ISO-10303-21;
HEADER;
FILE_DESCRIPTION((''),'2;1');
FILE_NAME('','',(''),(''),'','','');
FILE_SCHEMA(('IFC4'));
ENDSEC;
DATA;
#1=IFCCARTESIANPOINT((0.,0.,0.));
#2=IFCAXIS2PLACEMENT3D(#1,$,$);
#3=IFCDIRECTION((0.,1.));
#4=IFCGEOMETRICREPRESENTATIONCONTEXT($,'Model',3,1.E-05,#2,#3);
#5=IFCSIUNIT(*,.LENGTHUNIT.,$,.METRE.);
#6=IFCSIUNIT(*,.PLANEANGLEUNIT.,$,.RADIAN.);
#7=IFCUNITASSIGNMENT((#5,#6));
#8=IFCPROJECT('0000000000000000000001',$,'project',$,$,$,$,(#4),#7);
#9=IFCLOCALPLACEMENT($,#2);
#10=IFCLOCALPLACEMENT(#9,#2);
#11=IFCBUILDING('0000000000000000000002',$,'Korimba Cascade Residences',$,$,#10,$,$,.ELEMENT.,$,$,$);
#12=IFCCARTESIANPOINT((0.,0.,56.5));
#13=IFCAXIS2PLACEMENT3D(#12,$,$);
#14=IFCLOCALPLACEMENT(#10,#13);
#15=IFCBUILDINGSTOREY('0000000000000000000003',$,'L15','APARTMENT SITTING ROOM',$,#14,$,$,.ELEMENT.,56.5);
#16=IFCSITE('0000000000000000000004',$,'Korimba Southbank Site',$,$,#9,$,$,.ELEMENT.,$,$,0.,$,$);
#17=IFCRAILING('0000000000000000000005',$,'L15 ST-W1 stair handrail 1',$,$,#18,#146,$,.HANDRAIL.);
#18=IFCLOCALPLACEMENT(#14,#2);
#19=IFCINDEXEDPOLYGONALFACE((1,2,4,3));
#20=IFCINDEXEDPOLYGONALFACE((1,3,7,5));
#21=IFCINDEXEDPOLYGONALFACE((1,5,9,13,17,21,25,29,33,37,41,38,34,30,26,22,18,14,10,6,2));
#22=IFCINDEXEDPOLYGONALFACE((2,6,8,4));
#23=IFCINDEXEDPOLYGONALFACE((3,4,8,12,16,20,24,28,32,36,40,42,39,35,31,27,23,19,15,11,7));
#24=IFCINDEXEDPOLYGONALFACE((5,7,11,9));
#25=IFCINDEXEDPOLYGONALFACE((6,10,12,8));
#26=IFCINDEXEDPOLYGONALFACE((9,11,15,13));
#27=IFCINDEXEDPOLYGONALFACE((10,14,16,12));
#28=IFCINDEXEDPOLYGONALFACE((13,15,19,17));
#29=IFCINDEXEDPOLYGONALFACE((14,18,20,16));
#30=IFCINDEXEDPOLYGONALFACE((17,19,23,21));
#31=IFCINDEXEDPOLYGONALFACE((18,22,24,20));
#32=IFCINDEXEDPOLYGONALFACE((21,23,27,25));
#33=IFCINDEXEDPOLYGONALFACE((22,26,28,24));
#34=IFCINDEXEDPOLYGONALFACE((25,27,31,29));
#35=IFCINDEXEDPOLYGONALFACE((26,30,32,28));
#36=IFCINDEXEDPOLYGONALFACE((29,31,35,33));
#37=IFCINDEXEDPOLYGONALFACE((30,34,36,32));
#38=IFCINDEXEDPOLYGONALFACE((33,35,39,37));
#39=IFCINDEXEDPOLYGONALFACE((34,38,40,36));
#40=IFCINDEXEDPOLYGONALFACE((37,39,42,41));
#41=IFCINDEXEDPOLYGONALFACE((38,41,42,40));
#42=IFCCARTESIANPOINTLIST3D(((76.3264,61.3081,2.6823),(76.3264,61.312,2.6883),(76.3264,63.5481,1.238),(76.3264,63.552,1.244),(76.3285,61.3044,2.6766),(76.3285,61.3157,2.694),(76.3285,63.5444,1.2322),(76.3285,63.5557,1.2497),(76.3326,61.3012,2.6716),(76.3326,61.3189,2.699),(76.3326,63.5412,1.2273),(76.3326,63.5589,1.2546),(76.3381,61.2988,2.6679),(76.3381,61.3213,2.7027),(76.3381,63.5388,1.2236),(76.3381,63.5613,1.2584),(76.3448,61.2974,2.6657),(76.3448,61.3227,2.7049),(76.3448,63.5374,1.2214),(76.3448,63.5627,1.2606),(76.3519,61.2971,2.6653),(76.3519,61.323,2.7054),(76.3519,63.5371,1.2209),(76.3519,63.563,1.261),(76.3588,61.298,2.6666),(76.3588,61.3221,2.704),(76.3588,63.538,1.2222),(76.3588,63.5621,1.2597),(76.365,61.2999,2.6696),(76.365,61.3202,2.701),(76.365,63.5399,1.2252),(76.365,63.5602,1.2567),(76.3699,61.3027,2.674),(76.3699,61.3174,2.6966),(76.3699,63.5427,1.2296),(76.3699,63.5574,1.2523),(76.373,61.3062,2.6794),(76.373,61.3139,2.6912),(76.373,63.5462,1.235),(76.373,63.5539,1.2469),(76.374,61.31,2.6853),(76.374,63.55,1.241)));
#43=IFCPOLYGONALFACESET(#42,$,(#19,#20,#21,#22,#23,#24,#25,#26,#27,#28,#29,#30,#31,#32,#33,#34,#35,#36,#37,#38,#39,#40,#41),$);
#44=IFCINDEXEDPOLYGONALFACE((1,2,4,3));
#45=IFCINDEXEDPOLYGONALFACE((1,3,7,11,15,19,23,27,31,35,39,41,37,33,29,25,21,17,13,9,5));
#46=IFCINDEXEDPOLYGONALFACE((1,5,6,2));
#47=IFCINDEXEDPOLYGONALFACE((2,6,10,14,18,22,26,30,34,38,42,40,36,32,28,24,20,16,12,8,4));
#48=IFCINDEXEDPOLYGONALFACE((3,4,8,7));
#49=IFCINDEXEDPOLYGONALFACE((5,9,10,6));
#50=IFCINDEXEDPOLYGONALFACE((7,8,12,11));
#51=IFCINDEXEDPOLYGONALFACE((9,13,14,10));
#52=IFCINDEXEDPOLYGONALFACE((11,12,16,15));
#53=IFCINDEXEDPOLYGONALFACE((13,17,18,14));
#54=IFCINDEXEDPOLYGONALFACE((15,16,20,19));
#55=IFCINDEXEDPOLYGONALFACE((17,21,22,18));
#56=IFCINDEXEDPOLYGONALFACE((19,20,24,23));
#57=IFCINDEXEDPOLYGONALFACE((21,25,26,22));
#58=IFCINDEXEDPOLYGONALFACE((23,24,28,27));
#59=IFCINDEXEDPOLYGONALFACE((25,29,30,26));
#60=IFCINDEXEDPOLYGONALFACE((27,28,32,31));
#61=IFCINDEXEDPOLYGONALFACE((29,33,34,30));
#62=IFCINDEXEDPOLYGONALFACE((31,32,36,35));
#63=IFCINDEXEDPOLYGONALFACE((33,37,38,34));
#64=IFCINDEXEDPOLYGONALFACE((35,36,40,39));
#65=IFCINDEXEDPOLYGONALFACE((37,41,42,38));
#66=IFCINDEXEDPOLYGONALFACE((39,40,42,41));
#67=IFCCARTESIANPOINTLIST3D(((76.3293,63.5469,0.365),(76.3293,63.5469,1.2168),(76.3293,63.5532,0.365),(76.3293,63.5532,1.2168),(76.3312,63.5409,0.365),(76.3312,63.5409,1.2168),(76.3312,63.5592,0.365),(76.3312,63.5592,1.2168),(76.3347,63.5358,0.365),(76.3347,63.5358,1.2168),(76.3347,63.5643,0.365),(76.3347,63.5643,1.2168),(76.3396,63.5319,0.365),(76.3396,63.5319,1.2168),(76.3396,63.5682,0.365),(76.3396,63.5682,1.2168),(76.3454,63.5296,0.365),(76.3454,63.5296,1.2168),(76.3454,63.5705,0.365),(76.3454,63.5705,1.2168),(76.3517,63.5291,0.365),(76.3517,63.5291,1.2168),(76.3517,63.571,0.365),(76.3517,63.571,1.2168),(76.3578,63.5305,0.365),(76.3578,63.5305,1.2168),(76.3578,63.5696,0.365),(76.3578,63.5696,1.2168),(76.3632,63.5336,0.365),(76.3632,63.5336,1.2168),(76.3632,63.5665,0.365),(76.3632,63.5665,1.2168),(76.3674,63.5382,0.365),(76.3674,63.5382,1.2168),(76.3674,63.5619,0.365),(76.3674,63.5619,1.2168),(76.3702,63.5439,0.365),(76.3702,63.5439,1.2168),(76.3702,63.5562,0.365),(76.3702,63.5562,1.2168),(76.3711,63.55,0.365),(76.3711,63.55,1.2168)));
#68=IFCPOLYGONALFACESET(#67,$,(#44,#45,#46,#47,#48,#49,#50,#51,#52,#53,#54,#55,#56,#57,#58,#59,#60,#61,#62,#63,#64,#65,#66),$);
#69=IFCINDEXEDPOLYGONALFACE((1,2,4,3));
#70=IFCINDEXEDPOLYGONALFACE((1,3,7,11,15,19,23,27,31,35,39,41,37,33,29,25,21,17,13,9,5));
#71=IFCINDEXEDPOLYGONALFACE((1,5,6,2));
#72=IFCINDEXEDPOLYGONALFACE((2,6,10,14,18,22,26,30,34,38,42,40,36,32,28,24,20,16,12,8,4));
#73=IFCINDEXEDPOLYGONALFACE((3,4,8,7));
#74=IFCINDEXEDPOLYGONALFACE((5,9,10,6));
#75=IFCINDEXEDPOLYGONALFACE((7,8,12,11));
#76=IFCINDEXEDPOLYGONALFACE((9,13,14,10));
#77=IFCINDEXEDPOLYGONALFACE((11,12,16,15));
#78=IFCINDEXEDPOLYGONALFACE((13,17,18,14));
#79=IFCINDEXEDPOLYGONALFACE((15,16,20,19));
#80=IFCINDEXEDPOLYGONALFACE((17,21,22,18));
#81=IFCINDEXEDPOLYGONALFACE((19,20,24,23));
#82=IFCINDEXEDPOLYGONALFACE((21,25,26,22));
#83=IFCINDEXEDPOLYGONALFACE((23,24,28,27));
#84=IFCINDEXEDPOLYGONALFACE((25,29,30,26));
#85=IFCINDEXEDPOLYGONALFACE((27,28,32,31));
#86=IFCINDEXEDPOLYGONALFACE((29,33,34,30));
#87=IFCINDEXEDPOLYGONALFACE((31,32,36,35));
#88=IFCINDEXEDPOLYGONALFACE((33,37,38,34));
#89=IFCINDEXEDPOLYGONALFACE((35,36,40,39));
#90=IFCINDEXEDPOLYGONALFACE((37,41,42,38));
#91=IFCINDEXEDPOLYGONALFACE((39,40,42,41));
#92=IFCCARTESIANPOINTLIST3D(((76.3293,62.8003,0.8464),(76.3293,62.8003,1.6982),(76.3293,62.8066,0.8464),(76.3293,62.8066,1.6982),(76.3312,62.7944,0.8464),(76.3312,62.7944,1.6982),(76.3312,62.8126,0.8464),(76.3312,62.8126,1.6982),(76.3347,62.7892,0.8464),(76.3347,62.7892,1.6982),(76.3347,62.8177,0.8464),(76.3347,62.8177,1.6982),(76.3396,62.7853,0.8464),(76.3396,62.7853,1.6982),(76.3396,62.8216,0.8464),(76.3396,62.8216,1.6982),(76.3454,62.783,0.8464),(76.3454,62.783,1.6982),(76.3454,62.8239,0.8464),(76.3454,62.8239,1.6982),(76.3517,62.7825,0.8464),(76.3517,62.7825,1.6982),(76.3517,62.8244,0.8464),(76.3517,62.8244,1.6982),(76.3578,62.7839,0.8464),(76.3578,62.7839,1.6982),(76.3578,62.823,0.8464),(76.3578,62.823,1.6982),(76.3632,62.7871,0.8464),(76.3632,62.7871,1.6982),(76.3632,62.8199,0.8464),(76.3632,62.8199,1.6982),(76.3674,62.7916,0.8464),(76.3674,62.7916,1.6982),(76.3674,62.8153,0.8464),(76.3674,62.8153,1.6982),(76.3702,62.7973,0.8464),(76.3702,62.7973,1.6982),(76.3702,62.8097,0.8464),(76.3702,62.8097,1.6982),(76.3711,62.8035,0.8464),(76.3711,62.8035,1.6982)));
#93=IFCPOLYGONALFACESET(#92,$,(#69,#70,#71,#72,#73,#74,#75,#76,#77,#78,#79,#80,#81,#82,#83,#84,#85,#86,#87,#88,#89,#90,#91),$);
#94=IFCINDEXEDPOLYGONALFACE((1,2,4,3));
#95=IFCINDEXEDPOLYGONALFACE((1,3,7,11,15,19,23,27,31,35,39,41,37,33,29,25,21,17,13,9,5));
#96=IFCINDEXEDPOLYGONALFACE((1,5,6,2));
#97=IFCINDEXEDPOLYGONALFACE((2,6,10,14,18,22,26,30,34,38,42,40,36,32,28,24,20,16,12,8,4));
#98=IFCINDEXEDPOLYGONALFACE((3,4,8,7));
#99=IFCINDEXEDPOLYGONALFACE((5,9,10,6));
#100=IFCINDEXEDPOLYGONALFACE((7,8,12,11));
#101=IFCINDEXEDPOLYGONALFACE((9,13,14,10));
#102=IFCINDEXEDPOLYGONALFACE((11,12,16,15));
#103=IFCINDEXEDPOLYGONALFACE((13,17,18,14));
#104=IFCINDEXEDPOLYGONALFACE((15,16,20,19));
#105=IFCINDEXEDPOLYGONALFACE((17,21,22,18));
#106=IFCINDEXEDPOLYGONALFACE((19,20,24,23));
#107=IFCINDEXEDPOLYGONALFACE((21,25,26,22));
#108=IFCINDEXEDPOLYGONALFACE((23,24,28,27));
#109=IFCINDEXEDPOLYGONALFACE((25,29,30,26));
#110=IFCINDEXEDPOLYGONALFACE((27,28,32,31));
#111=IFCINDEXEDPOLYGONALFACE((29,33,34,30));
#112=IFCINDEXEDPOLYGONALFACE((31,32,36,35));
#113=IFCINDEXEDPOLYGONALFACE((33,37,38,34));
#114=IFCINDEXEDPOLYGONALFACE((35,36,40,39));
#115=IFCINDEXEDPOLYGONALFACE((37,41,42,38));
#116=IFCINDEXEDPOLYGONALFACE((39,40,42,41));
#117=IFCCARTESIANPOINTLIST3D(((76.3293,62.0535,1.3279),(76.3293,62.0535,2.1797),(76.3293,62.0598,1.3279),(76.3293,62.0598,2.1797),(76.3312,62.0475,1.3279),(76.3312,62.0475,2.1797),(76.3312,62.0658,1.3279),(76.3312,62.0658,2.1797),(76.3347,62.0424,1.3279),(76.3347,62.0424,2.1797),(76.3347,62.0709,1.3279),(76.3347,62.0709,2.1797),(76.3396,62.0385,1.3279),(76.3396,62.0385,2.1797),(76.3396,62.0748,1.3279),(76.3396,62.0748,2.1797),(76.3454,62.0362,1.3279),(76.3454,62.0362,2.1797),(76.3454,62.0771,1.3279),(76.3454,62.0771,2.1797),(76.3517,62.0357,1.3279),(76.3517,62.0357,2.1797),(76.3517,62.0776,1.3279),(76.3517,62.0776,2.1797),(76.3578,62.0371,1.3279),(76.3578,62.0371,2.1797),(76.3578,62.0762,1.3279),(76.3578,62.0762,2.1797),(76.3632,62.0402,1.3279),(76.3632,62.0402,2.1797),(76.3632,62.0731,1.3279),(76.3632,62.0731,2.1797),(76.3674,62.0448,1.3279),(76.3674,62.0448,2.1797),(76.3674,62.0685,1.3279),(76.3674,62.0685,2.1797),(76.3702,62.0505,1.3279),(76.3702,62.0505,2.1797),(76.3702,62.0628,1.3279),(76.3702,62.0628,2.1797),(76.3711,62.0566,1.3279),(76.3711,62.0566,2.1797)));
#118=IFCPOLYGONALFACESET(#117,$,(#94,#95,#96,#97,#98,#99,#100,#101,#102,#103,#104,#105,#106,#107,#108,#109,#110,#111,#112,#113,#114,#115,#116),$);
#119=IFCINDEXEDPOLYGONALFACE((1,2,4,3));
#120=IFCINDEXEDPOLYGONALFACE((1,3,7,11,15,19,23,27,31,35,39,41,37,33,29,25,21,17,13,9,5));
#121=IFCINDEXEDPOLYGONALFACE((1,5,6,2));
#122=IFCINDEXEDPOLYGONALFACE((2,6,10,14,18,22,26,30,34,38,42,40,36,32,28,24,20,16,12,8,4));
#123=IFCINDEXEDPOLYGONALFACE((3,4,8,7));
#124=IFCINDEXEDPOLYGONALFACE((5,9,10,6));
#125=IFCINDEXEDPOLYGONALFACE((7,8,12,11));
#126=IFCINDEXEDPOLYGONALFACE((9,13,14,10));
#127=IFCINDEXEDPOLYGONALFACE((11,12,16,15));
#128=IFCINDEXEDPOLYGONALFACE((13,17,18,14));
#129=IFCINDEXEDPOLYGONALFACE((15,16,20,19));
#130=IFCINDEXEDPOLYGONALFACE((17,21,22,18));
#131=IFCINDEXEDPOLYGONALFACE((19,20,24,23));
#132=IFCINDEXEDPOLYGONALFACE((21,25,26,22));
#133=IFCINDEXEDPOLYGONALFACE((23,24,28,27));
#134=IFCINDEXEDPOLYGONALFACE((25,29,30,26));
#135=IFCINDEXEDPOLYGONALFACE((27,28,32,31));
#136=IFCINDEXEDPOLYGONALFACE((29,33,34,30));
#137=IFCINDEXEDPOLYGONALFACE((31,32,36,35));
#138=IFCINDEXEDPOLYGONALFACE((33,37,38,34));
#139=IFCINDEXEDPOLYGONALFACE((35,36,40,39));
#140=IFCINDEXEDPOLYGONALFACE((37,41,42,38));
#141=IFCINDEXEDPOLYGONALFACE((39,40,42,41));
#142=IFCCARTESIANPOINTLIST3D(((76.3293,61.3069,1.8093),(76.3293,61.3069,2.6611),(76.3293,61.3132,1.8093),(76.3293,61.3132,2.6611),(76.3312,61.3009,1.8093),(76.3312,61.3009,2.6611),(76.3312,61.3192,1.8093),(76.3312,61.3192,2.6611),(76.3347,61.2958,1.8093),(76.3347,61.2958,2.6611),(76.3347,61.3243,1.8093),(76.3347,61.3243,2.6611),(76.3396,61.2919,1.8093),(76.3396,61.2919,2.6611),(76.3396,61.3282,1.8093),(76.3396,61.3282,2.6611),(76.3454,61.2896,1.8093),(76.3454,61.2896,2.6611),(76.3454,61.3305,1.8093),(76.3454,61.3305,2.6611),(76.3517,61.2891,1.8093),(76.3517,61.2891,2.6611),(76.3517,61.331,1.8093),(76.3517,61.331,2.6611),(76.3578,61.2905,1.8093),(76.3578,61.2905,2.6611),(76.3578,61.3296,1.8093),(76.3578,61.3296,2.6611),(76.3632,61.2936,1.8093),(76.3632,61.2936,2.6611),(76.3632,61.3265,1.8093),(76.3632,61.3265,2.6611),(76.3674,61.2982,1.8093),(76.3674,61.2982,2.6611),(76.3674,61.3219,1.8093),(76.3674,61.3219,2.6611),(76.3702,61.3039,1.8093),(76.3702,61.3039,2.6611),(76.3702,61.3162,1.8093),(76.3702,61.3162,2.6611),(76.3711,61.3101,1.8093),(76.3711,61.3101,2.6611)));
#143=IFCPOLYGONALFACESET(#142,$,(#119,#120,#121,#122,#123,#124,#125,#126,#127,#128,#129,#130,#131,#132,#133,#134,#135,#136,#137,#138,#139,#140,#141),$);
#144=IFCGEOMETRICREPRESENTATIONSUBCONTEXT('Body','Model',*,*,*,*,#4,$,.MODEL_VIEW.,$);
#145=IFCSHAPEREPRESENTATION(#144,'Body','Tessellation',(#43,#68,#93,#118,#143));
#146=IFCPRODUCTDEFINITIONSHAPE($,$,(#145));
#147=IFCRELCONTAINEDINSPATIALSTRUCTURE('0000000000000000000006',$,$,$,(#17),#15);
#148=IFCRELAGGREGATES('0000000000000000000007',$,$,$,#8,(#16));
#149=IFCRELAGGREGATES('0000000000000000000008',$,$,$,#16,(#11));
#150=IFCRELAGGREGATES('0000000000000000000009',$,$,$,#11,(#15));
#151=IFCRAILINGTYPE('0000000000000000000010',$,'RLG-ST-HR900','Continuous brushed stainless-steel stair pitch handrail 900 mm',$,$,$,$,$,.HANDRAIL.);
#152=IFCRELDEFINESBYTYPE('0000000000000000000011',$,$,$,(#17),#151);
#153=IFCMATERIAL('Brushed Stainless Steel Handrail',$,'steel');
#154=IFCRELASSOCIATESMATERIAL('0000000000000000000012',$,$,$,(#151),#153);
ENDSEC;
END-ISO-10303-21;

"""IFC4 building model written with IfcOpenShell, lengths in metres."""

from ifc_helpers import new_model, si_unit, direction, frame, origin, origin_2d, place, context, subcontext, project, spatial, circle, extrude, material, type_object, element, save


model = new_model("IFC4")

# Units and contexts
model_context = context("Model", 3, precision=1e-05, world=origin(), true_north=direction((0.0, 1.0)))
body_context = subcontext(model_context, "Body", "Model", "MODEL_VIEW")
ifc_project = project(units=[si_unit("LENGTHUNIT", "METRE"), si_unit("PLANEANGLEUNIT", "RADIAN")], contexts=[model_context])

# Site, building, storey
site_placement = place(None, origin())
site = spatial("IfcSite", under=ifc_project, at=site_placement, Name="Korimba Southbank Site", CompositionType="ELEMENT", RefElevation=0.0)
building_placement = place(site_placement, origin())
building = spatial("IfcBuilding", under=site, at=building_placement, Name="Korimba Cascade Residences", CompositionType="ELEMENT")
storey_placement = place(building_placement, frame((0.0, 0.0, 56.5)))
storey = spatial("IfcBuildingStorey", under=building, at=storey_placement, Name="L15", Description="APARTMENT SITTING ROOM", CompositionType="ELEMENT", Elevation=56.5)

# Railing
ifc_material_1 = material(Name="Brushed Stainless Steel Handrail", Category="steel")
railing_type_1 = type_object("IfcRailingType", Name="RLG-ST-HR900", Description="Continuous brushed stainless-steel stair pitch handrail 900 mm", PredefinedType="HANDRAIL", material=ifc_material_1)
railing_1_placement = place(storey_placement, frame((76.3501, 63.55, 0.365)))
element("IfcRailing", 1, at=railing_1_placement, inside=storey, type_object=railing_type_1, Name="L15 ST-W1 stair handrail 1", PredefinedType="HANDRAIL", context=body_context, shape_type="SweptSolid", body=[
    extrude(circle(Radius=0.0239, at=origin_2d()), frame((0.0, 0.0, 0.876), z_axis=(0.0, -0.840437, 0.54191), x_axis=(1.0, 0.0, 0.0)), (0.0, 0.0, 1.0), 2.6653),
    extrude(circle(Radius=0.021, at=origin_2d()), origin(), (0.0, 0.0, 1.0), 0.8518),
    extrude(circle(Radius=0.021, at=origin_2d()), frame((0.0, -0.7466, 0.4814)), (0.0, 0.0, 1.0), 0.8518),
    extrude(circle(Radius=0.021, at=origin_2d()), frame((0.0, -1.4934, 0.9629)), (0.0, 0.0, 1.0), 0.8518),
    extrude(circle(Radius=0.021, at=origin_2d()), frame((0.0, -2.24, 1.4443)), (0.0, 0.0, 1.0), 0.8518),
])

save(model, "model.ifc")
